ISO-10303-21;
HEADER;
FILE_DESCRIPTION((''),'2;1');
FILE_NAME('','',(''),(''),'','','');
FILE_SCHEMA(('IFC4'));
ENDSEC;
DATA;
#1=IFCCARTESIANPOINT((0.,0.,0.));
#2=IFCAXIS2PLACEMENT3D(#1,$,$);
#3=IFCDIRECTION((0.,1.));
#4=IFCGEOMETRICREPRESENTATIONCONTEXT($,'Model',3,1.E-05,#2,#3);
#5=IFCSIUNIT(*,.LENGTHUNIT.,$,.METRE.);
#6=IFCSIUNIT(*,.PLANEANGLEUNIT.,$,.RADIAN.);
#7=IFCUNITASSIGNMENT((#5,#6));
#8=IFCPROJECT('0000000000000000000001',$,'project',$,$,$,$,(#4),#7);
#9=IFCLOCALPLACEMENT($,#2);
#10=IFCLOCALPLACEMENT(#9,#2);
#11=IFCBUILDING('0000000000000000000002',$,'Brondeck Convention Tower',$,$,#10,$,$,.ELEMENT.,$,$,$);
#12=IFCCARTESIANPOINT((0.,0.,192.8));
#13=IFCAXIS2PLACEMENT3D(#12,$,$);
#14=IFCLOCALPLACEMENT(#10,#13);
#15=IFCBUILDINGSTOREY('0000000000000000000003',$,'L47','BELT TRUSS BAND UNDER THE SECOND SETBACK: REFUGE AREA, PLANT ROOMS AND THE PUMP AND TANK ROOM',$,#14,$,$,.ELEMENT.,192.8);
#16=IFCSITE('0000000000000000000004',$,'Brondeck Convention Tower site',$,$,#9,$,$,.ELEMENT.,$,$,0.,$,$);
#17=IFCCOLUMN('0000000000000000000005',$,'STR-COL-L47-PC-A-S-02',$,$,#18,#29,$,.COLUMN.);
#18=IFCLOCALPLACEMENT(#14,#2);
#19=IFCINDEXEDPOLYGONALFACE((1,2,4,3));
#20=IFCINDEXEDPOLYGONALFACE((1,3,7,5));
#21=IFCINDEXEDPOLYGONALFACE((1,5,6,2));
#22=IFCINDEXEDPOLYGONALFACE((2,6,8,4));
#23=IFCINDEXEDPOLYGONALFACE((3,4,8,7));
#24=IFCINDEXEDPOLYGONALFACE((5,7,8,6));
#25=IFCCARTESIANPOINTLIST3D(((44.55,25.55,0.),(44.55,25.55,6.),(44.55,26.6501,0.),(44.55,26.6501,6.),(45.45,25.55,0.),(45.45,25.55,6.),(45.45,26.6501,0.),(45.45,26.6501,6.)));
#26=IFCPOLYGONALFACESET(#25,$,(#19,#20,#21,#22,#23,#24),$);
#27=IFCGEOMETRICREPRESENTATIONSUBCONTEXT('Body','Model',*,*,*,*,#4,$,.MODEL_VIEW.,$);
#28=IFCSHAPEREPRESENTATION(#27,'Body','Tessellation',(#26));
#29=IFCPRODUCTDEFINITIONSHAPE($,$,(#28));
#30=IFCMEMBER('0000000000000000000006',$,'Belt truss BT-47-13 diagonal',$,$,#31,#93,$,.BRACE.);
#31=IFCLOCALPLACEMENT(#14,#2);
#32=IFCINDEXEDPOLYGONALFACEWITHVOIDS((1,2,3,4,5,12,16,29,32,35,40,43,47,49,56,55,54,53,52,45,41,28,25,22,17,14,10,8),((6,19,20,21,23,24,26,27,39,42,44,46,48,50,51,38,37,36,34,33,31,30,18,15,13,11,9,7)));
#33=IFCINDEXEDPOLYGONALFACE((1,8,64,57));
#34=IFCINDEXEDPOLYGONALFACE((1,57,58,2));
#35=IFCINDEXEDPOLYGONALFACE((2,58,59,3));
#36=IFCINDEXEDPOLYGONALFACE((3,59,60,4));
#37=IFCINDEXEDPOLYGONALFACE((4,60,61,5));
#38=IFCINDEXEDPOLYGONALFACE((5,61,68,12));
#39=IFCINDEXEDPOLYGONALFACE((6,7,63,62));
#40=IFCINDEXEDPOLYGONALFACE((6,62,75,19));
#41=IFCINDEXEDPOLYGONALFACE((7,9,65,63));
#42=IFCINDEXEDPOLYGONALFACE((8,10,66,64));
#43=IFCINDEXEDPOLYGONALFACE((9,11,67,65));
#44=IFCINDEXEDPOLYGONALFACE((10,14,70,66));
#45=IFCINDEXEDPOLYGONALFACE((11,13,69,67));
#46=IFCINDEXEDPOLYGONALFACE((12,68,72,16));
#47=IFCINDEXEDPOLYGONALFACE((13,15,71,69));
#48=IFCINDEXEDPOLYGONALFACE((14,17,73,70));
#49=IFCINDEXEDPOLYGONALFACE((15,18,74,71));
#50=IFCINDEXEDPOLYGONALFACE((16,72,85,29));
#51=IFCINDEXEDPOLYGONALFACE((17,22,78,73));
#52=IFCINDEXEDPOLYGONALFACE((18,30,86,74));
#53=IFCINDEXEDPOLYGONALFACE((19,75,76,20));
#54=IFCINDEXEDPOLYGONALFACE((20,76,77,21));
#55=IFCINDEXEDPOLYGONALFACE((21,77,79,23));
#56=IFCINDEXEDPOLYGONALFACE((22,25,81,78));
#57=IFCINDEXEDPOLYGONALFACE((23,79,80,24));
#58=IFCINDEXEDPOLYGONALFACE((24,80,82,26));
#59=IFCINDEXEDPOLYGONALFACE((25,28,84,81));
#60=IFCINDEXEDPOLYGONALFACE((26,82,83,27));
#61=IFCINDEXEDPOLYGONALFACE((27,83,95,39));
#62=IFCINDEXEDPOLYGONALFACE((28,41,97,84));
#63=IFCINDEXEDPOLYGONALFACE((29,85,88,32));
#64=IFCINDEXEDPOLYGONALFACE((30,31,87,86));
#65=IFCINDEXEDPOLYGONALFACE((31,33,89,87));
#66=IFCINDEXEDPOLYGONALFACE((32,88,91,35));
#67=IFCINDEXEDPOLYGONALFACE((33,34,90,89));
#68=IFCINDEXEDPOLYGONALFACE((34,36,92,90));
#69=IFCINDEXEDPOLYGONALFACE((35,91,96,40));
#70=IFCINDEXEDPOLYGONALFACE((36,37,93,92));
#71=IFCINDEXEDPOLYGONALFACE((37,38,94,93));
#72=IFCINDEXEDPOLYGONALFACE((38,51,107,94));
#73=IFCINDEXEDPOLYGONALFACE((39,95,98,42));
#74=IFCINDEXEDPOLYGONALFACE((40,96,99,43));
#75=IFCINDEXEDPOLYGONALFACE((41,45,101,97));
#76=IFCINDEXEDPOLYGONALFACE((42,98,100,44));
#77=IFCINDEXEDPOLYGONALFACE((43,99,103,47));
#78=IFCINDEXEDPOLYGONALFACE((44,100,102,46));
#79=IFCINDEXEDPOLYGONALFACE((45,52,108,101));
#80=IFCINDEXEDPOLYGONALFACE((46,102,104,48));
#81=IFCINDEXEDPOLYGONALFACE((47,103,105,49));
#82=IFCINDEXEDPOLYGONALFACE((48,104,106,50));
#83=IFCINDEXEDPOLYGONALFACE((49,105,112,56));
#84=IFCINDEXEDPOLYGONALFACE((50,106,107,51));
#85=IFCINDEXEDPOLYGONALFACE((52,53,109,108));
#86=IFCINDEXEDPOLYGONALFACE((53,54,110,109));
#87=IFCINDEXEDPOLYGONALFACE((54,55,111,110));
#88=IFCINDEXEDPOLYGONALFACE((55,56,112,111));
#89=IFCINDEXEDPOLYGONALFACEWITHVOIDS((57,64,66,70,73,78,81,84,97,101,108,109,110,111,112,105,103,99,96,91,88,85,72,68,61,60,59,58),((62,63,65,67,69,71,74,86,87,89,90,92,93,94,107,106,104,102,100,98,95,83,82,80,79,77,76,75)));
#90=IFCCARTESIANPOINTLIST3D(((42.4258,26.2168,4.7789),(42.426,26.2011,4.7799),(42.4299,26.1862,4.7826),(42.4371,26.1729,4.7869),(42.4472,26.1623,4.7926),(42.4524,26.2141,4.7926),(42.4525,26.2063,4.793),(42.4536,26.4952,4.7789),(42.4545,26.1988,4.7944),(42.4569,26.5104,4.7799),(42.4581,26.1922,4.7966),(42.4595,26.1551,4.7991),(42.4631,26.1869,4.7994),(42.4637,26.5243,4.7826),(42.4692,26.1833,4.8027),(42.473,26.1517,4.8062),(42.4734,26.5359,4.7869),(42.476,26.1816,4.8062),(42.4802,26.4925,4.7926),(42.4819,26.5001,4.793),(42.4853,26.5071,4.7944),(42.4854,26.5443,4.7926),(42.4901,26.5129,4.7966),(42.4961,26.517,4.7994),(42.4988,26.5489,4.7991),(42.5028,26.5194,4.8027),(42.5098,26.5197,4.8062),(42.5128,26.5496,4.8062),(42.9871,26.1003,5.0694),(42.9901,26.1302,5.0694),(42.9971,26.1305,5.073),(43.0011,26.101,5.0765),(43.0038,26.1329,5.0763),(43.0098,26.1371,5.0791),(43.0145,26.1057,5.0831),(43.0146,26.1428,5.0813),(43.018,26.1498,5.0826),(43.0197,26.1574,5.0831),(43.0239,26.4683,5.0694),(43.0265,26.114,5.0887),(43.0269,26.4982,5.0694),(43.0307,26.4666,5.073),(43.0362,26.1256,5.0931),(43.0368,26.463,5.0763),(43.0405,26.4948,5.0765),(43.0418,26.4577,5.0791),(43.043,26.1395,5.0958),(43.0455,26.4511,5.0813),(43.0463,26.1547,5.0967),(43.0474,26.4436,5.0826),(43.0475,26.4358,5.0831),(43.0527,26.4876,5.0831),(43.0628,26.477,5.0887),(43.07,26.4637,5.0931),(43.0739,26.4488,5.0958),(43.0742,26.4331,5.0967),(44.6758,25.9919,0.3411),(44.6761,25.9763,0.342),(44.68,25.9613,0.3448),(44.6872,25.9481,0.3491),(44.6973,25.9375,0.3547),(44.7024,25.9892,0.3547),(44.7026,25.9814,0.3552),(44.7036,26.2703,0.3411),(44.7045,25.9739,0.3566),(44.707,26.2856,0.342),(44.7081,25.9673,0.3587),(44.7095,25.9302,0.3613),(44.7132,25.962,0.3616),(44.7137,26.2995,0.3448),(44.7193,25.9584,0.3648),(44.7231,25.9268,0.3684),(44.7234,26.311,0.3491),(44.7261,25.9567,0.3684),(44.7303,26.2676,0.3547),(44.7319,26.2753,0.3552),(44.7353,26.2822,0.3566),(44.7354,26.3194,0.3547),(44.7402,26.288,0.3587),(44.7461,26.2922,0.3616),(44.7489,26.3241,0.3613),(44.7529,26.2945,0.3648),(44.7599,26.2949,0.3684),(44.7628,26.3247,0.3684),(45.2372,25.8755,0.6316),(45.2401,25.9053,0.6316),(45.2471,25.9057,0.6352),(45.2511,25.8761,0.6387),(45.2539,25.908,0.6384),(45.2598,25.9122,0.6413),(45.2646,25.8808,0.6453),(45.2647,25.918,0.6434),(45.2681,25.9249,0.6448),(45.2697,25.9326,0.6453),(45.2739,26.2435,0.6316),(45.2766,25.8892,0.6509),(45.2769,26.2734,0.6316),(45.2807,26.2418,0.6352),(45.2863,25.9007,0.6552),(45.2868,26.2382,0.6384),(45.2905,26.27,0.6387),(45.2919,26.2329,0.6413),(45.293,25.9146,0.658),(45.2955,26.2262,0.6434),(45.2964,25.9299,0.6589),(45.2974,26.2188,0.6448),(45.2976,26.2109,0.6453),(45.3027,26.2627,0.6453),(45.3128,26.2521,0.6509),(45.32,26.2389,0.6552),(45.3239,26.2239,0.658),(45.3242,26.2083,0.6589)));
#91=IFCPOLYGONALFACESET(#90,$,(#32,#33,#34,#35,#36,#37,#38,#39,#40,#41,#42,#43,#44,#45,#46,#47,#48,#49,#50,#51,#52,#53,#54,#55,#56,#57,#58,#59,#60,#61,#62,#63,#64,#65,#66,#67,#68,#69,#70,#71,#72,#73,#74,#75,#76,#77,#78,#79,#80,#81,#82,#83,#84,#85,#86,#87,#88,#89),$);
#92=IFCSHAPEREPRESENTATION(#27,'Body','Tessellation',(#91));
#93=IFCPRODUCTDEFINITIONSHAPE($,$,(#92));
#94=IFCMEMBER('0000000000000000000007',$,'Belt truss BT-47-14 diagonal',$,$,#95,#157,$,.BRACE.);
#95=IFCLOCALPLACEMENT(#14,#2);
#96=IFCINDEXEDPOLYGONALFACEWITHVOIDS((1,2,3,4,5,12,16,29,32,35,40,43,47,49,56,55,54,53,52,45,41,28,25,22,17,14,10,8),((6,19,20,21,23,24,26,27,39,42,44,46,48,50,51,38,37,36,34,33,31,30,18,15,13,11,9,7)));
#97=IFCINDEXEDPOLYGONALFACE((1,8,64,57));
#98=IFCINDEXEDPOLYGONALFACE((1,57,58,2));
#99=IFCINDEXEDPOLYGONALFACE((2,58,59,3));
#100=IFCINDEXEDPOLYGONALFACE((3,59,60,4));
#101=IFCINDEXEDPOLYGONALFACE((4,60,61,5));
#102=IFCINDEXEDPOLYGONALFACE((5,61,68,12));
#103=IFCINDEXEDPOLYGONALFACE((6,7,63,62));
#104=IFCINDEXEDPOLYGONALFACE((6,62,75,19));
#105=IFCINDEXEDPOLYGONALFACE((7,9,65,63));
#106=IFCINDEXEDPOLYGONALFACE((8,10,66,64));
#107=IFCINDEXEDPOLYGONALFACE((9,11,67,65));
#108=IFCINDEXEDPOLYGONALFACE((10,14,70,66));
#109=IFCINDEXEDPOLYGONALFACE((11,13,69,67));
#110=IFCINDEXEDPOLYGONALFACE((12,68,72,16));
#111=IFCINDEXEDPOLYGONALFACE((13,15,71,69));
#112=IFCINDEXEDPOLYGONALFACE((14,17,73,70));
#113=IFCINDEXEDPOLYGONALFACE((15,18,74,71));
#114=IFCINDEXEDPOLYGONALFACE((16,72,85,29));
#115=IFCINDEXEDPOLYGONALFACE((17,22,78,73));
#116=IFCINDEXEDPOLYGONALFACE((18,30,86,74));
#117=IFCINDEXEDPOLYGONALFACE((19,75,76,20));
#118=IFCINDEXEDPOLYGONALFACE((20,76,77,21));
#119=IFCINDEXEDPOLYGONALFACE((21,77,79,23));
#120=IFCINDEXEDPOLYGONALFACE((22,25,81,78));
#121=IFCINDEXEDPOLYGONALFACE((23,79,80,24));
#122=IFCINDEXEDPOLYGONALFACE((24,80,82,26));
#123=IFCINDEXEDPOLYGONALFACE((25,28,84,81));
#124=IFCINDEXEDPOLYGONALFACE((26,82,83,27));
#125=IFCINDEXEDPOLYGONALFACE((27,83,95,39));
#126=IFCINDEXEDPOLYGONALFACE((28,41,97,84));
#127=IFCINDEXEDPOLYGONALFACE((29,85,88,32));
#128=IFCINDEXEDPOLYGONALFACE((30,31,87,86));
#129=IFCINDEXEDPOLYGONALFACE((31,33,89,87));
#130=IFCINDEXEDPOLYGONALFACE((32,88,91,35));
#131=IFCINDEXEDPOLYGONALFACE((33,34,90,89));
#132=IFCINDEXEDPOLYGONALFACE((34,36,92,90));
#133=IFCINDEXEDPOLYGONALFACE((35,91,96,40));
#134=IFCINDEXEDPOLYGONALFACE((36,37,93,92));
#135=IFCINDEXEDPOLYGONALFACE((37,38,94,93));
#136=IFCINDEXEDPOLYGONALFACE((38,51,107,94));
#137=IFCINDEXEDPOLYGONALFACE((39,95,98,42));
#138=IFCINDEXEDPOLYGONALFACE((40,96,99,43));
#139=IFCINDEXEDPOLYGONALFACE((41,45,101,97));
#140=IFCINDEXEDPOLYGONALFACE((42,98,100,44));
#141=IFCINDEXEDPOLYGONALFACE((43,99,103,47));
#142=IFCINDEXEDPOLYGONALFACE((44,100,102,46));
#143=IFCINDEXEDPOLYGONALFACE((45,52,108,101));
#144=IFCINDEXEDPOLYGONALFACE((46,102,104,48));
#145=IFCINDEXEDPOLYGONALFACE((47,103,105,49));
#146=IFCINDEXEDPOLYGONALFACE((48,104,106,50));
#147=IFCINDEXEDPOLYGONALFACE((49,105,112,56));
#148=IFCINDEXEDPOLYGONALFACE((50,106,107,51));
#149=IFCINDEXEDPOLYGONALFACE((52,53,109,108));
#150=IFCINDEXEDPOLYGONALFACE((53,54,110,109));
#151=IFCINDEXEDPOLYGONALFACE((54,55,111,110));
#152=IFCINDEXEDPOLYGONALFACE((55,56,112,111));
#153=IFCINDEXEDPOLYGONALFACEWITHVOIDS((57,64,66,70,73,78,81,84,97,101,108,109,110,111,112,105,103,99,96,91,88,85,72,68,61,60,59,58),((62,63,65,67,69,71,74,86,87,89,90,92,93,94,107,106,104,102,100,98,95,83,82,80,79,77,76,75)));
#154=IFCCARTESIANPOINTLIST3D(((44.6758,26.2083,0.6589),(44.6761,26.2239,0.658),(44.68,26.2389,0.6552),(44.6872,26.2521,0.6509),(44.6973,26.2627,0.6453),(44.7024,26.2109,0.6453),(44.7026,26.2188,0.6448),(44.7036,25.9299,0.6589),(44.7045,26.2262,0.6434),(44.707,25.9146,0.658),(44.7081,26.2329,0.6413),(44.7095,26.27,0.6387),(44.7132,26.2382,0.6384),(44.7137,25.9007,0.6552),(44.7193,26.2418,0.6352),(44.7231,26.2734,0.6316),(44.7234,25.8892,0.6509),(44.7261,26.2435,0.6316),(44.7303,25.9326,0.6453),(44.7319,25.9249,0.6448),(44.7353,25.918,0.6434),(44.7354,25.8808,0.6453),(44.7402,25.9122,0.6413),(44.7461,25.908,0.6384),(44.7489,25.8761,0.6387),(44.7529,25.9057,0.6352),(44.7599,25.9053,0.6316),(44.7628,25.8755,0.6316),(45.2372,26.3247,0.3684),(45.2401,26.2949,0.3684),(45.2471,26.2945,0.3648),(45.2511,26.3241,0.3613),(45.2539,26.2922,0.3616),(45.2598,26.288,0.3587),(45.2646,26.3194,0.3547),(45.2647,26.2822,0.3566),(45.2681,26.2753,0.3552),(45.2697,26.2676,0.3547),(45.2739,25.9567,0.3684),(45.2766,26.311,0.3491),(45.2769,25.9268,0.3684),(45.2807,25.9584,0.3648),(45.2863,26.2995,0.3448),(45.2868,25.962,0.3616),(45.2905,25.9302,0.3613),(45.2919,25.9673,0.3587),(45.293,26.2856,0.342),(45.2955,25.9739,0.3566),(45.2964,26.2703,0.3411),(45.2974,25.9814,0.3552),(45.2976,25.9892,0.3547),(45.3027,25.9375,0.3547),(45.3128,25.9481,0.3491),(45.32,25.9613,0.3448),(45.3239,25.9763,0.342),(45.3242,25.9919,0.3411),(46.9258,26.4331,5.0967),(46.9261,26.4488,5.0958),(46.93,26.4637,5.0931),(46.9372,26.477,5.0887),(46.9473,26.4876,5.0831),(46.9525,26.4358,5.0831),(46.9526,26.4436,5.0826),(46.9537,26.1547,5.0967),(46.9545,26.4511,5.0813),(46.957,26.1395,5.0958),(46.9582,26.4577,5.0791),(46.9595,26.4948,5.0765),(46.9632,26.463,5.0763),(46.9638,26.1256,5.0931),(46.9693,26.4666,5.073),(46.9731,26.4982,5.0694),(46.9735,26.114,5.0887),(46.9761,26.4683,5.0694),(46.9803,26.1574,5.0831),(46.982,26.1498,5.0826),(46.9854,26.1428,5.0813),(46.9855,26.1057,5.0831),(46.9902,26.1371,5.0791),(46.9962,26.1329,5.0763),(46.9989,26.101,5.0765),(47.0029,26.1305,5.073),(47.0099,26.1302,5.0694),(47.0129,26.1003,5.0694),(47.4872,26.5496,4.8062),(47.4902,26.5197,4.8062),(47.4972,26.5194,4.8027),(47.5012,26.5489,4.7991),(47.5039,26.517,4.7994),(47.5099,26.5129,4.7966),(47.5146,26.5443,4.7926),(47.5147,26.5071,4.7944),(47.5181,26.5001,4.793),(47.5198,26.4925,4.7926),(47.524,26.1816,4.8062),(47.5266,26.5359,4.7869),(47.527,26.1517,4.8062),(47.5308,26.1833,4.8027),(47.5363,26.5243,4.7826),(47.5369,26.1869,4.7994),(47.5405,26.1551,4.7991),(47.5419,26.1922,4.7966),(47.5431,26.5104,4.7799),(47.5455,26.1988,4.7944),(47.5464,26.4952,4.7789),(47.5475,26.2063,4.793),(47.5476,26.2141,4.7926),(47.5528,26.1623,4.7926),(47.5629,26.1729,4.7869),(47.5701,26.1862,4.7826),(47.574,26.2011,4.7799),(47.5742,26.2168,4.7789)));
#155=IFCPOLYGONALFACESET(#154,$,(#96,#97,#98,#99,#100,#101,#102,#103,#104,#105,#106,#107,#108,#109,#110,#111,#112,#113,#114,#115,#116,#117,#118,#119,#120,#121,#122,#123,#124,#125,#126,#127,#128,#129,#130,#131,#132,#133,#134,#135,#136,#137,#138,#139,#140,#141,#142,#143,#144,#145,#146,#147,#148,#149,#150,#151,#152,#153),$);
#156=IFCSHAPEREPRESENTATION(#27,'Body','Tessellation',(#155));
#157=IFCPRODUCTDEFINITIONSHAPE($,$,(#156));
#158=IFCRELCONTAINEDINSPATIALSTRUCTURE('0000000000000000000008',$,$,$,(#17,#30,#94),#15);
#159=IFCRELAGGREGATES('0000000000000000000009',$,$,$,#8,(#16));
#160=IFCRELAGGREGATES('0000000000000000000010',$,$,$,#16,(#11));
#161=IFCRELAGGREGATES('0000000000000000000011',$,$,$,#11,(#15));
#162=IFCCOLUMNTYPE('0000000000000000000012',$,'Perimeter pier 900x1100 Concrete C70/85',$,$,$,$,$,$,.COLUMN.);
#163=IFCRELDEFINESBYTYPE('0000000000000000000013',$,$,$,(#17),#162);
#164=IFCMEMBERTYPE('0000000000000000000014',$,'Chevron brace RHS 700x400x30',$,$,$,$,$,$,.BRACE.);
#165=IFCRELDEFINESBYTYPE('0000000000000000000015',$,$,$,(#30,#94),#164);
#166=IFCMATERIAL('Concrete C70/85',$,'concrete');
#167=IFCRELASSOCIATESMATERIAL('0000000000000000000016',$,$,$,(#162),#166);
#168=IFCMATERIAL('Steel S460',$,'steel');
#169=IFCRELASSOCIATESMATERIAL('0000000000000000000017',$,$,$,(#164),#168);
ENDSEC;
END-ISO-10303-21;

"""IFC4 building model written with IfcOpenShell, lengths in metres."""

from ifc_helpers import new_model, si_unit, direction, frame, origin, origin_2d, place, context, subcontext, project, spatial, rectangle, hollow_rectangle, extrude, material, material_profile, profile_set, type_object, element, save


model = new_model("IFC4")

# Units and contexts
model_context = context("Model", 3, precision=1e-05, world=origin(), true_north=direction((0.0, 1.0)))
body_context = subcontext(model_context, "Body", "Model", "MODEL_VIEW")
ifc_project = project(units=[si_unit("LENGTHUNIT", "METRE"), si_unit("PLANEANGLEUNIT", "RADIAN")], contexts=[model_context])

# Site, building, storey
site_placement = place(None, origin())
site = spatial("IfcSite", under=ifc_project, at=site_placement, Name="Brondeck Convention Tower site", CompositionType="ELEMENT", RefElevation=0.0)
building_placement = place(site_placement, origin())
building = spatial("IfcBuilding", under=site, at=building_placement, Name="Brondeck Convention Tower", CompositionType="ELEMENT")
storey_placement = place(building_placement, frame((0.0, 0.0, 192.8)))
storey = spatial("IfcBuildingStorey", under=building, at=storey_placement, Name="L47", Description="BELT TRUSS BAND UNDER THE SECOND SETBACK: REFUGE AREA, PLANT ROOMS AND THE PUMP AND TANK ROOM", CompositionType="ELEMENT", Elevation=192.8)

# Column
ifc_material_1 = material(Name="Concrete C70/85", Category="concrete")
ifc_material_profile_1 = material_profile(ifc_material_1, rectangle(XDim=0.8999, YDim=1.1001, at=origin_2d()), Name="Perimeter pier 900x1100 Concrete C70/85")
ifc_profile_set_1 = profile_set([ifc_material_profile_1], Name="Concrete C70/85")
column_type = type_object("IfcColumnType", Name="Perimeter pier 900x1100 Concrete C70/85", PredefinedType="COLUMN", material=ifc_profile_set_1)
column_placement = place(storey_placement, frame((45.0, 26.1001, 0.0), z_axis=(0.0, 0.0, 1.0), x_axis=(1.0, 0.0, 0.0)))
element("IfcColumn", 1, at=column_placement, inside=storey, type_object=column_type, Name="STR-COL-L47-PC-A-S-02", PredefinedType="COLUMN", context=body_context, shape_type="SweptSolid", body=[
    extrude(rectangle(XDim=0.8999, YDim=1.1001, at=origin_2d()), origin(), (0.0, 0.0, 1.0), 6.0),
])

# Members
ifc_material_2 = material(Name="Steel S460", Category="steel")
ifc_material_profile_2 = material_profile(ifc_material_2, hollow_rectangle(XDim=0.3999, YDim=0.7, WallThickness=0.03, InnerFilletRadius=0.03, OuterFilletRadius=0.0601, at=origin_2d()), Name="RHS 700x400x30")
ifc_profile_set_2 = profile_set([ifc_material_profile_2], Name="Steel S460")
member_type_1 = type_object("IfcMemberType", Name="Chevron brace RHS 700x400x30", PredefinedType="BRACE", material=ifc_profile_set_2)
for number, where, z_axis, x_axis, name in (
    (2, (45.0, 26.1001, 0.5), (-0.45175, 0.045146, 0.891001), (-0.09944, -0.995044, 0.0), "Belt truss BT-47-13 diagonal"),
    (3, (45.0, 26.1001, 0.5), (0.45175, 0.045146, 0.891001), (-0.09944, 0.995044, 0.0), "Belt truss BT-47-14 diagonal"),
):
    element("IfcMember", number, at=place(storey_placement, frame(where, z_axis=z_axis, x_axis=x_axis)), inside=storey, type_object=member_type_1, Name=name, PredefinedType="BRACE", context=body_context, shape_type="SweptSolid", body=[
        extrude(hollow_rectangle(XDim=0.3999, YDim=0.7, WallThickness=0.03, InnerFilletRadius=0.03, OuterFilletRadius=0.0601, at=origin_2d()), origin(), (0.0, 0.0, 1.0), 4.9807),
    ])

save(model, "model.ifc")
